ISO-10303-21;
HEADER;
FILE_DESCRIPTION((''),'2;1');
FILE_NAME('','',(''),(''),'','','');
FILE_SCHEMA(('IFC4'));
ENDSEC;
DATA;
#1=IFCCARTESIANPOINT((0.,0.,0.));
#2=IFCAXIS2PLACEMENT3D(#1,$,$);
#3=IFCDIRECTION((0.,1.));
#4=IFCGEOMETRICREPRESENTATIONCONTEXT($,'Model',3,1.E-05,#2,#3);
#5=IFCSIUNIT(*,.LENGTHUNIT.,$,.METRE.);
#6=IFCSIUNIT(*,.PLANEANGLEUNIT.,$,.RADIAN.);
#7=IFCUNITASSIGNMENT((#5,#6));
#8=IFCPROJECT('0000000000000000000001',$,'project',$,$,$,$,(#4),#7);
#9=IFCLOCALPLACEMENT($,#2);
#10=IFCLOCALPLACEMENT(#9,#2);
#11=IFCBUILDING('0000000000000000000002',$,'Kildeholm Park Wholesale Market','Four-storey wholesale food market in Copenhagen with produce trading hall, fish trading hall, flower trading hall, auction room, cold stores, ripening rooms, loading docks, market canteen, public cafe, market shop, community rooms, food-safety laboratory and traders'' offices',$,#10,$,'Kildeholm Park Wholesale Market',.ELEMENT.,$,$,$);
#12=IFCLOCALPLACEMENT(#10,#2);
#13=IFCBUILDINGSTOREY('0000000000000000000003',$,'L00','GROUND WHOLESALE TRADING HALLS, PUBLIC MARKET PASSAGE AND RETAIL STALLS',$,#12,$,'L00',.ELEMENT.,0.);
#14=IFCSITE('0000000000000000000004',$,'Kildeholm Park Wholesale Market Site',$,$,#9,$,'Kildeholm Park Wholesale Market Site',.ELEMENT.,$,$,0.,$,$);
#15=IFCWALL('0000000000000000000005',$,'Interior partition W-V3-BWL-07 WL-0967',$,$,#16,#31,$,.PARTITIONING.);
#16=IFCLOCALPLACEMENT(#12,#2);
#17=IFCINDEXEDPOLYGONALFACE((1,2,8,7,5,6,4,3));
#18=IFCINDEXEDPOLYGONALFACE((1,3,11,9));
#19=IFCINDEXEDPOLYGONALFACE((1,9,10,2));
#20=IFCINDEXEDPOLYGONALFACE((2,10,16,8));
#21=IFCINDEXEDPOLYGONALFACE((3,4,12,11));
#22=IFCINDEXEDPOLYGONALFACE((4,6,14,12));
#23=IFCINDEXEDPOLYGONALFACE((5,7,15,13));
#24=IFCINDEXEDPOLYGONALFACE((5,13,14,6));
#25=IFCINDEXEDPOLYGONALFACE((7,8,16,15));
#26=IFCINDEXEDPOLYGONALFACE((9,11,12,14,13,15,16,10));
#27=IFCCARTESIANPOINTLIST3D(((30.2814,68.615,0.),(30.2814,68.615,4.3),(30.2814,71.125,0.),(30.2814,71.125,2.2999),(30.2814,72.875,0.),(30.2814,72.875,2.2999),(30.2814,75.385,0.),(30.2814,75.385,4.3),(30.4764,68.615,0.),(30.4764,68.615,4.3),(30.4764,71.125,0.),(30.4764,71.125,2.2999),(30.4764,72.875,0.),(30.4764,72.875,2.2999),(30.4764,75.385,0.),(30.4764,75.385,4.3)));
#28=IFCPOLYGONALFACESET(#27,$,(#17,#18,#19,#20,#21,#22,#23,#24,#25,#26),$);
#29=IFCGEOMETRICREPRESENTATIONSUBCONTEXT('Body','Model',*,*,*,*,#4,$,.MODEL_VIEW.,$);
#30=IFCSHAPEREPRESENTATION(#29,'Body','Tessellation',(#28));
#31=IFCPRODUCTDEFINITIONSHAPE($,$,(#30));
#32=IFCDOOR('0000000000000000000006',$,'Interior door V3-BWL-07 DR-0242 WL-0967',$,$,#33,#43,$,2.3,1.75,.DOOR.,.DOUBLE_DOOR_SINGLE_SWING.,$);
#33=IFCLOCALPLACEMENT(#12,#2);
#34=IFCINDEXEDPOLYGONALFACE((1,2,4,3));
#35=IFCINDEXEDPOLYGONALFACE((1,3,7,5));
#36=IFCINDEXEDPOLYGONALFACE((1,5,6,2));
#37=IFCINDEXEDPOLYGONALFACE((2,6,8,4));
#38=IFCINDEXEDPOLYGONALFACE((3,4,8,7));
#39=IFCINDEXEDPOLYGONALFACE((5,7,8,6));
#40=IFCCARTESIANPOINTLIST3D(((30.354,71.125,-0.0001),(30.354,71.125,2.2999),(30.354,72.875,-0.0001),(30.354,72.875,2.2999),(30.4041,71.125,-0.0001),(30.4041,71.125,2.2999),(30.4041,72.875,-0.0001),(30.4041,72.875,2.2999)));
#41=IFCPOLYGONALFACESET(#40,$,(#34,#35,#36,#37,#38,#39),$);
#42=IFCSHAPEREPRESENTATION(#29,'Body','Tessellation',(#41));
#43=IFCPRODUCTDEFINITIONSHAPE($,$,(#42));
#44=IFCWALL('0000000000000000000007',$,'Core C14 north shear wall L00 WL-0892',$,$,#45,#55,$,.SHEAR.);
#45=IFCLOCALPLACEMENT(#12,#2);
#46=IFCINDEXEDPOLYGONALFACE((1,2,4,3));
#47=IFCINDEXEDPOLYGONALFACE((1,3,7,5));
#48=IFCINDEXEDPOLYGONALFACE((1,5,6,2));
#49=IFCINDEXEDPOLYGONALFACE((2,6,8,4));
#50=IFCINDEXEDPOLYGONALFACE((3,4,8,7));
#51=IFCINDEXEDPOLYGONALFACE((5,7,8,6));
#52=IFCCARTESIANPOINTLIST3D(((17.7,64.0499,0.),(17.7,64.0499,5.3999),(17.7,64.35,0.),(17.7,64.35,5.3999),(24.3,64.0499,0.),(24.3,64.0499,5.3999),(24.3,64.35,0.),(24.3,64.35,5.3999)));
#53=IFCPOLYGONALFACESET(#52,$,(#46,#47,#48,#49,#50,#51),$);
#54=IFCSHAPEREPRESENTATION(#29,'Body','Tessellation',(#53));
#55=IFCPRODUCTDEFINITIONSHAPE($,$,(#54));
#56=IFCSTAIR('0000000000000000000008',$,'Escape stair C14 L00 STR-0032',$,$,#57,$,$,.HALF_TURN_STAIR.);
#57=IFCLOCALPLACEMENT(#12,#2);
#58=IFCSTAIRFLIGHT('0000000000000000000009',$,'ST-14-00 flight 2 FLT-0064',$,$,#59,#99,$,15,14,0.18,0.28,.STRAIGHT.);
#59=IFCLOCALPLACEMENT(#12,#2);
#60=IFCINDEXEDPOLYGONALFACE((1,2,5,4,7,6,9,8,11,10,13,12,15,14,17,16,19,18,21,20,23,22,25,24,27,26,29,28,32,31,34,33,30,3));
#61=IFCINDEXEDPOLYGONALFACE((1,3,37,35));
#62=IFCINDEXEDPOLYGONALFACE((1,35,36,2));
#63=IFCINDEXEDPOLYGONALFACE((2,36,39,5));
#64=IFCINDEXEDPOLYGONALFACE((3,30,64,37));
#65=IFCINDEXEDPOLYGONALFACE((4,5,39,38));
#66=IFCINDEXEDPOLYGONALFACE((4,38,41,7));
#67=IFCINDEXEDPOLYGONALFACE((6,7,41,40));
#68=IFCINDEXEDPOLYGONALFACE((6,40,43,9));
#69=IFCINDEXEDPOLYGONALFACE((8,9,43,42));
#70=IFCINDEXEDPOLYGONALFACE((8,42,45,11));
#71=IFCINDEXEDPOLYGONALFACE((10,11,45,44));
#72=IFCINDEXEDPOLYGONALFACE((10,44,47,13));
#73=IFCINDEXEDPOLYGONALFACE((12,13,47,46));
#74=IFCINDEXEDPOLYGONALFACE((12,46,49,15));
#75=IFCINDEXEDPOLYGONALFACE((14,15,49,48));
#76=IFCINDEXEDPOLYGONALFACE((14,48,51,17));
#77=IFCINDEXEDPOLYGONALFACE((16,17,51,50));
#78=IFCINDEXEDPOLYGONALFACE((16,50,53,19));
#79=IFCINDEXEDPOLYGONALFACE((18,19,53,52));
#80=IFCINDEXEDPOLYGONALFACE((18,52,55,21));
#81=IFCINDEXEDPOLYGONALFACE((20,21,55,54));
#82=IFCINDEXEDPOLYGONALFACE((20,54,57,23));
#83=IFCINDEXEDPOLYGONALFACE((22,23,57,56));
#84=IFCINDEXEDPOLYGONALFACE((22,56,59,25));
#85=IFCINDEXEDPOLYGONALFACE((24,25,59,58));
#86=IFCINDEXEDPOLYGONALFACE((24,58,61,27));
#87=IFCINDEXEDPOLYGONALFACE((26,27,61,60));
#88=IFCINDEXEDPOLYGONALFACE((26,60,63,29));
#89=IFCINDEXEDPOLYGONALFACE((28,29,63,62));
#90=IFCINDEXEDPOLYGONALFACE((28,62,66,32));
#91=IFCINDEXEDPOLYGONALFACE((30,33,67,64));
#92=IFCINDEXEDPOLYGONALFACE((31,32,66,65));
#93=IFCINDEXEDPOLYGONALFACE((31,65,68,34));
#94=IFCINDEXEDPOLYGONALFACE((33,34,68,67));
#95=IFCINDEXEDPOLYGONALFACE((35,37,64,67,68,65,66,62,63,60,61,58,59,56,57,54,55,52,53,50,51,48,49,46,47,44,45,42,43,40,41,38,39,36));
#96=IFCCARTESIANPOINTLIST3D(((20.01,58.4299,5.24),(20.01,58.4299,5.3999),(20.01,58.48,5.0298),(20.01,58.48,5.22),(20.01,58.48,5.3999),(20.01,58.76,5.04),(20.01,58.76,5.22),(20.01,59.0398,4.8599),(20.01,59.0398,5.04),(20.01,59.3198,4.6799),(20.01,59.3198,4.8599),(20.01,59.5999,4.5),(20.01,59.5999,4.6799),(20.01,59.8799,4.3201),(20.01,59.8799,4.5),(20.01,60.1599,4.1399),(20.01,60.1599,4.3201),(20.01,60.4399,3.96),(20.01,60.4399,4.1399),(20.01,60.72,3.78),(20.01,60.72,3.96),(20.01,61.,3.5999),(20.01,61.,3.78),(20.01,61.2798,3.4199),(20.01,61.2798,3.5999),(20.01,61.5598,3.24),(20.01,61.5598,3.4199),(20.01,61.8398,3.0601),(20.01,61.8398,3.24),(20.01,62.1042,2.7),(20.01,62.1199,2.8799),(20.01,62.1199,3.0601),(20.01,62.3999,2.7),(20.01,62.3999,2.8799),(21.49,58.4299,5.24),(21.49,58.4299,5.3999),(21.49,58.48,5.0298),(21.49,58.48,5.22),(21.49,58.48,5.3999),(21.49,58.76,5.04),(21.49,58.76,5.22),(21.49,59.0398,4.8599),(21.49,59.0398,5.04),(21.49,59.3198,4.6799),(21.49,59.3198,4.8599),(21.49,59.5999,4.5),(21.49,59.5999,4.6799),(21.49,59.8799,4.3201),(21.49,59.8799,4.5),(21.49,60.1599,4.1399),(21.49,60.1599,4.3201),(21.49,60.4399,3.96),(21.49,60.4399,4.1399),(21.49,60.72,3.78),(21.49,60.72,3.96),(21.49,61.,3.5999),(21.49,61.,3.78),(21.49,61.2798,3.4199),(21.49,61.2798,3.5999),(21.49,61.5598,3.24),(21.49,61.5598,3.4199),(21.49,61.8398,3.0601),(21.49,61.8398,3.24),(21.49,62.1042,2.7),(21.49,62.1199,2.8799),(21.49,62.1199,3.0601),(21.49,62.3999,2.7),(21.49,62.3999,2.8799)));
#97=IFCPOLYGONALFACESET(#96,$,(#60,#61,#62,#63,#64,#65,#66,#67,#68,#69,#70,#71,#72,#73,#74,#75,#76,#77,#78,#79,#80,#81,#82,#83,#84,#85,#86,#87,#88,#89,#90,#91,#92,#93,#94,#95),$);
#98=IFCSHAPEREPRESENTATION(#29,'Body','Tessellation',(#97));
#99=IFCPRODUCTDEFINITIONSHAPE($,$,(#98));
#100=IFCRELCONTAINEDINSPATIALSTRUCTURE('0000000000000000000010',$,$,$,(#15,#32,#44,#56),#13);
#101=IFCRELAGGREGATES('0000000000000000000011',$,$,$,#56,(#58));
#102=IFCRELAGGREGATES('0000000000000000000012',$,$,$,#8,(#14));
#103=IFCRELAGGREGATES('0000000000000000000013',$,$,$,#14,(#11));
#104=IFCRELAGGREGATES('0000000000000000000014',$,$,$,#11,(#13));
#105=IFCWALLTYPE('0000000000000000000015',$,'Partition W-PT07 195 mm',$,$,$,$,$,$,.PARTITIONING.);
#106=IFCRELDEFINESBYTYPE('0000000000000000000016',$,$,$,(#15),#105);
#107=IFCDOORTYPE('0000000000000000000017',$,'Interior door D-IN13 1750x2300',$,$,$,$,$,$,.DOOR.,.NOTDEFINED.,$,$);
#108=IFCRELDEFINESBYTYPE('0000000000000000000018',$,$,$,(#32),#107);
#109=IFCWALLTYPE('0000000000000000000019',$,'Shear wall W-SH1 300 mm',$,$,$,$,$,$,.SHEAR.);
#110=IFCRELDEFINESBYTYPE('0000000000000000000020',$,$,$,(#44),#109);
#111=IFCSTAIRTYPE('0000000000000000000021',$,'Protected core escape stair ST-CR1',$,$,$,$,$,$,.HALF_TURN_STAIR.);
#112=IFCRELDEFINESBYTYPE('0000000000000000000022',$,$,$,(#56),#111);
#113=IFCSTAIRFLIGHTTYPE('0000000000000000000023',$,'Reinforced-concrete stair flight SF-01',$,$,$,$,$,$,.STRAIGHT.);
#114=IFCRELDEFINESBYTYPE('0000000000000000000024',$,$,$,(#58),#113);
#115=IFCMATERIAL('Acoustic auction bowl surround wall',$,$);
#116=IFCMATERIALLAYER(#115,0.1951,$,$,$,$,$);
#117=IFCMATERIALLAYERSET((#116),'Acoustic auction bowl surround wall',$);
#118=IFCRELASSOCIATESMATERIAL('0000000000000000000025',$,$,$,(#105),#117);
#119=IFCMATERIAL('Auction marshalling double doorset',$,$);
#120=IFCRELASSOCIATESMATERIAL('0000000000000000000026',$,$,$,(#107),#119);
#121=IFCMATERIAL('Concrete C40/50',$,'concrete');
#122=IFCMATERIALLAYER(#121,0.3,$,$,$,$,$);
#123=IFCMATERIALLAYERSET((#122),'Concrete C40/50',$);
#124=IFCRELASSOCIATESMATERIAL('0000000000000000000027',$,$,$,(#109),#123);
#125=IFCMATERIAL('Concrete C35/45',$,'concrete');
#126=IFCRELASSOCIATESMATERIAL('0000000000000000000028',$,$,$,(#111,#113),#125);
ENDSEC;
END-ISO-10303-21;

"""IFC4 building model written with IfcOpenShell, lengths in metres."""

from ifc_helpers import new_model, si_unit, direction, frame, frame_2d, origin, place, context, subcontext, project, spatial, polyline, rectangle, outline, extrude, material, layer, layer_set, type_object, element, fill, aggregate, save


model = new_model("IFC4")

# Units and contexts
model_context = context("Model", 3, precision=1e-05, world=origin(), true_north=direction((0.0, 1.0)))
body_context = subcontext(model_context, "Body", "Model", "MODEL_VIEW")
ifc_project = project(units=[si_unit("LENGTHUNIT", "METRE"), si_unit("PLANEANGLEUNIT", "RADIAN")], contexts=[model_context])

# Site, building, storey
site_placement = place(None, origin())
site = spatial("IfcSite", under=ifc_project, at=site_placement, Name="Kildeholm Park Wholesale Market Site", LongName="Kildeholm Park Wholesale Market Site", CompositionType="ELEMENT", RefElevation=0.0)
building_placement = place(site_placement, origin())
building = spatial("IfcBuilding", under=site, at=building_placement, Name="Kildeholm Park Wholesale Market", Description="Four-storey wholesale food market in Copenhagen with produce trading hall, fish trading hall, flower trading hall, auction room, cold stores, ripening rooms, loading docks, market canteen, public cafe, market shop, community rooms, food-safety laboratory and traders' offices", LongName="Kildeholm Park Wholesale Market", CompositionType="ELEMENT")
storey_placement = place(building_placement, origin())
storey = spatial("IfcBuildingStorey", under=building, at=storey_placement, Name="L00", Description="GROUND WHOLESALE TRADING HALLS, PUBLIC MARKET PASSAGE AND RETAIL STALLS", LongName="L00", CompositionType="ELEMENT", Elevation=0.0)

# Shared definitions
ifc_material_1 = material(Name="Concrete C35/45", Category="concrete")

# Wall, opening, door
ifc_material_2 = material(Name="Acoustic auction bowl surround wall")
ifc_layer_1 = layer(ifc_material_2, 0.1951)
ifc_layer_set_1 = layer_set([ifc_layer_1], Name="Acoustic auction bowl surround wall")
wall_type_1 = type_object("IfcWallType", Name="Partition W-PT07 195 mm", PredefinedType="PARTITIONING", material=ifc_layer_set_1)
wall_1_placement = place(storey_placement, frame((30.3789, 68.615, 0.0), z_axis=(0.0, 0.0, 1.0), x_axis=(0.0, 1.0, 0.0)))
wall_1 = element("IfcWall", 1, at=wall_1_placement, inside=storey, type_object=wall_type_1, Name="Interior partition W-V3-BWL-07 WL-0967", PredefinedType="PARTITIONING", context=body_context, shape_type="SweptSolid", body=[
    extrude(rectangle(XDim=6.77, YDim=0.1951, at=frame_2d((3.385, 0.0))), origin(), (0.0, 0.0, 1.0), 4.3),
])
opening_1_placement = place(wall_1_placement, frame((2.51, 0.0, 0.0)))
opening_1 = element("IfcOpeningElement", 2, at=opening_1_placement, cuts=wall_1, PredefinedType="OPENING", context=body_context, shape_type="SweptSolid", body=[
    extrude(rectangle(XDim=1.75, YDim=2.3, at=frame_2d((0.875, 1.1499))), frame((0.0, 0.1074, 0.0), z_axis=(0.0, -1.0, 0.0), x_axis=(1.0, 0.0, 0.0)), (0.0, 0.0, 1.0), 0.2151),
])
ifc_material_3 = material(Name="Auction marshalling double doorset")
door_type_1 = type_object("IfcDoorType", Name="Interior door D-IN13 1750x2300", OperationType="NOTDEFINED", PredefinedType="DOOR", material=ifc_material_3)
door_1_placement = place(opening_1_placement, origin())
door_1 = element("IfcDoor", 3, at=door_1_placement, inside=storey, type_object=door_type_1, Name="Interior door V3-BWL-07 DR-0242 WL-0967", OperationType="DOUBLE_DOOR_SINGLE_SWING", OverallHeight=2.3, OverallWidth=1.75, PredefinedType="DOOR", context=body_context, shape_type="SweptSolid", body=[
    extrude(rectangle(XDim=1.75, YDim=2.3, at=frame_2d((0.875, 1.1499))), frame((0.0, 0.0249, 0.0), z_axis=(0.0, -1.0, 0.0), x_axis=(1.0, 0.0, 0.0)), (0.0, 0.0, 1.0), 0.05),
])
fill(opening_1, door_1)

# Wall
ifc_material_4 = material(Name="Concrete C40/50", Category="concrete")
ifc_layer_2 = layer(ifc_material_4, 0.3)
ifc_layer_set_2 = layer_set([ifc_layer_2], Name="Concrete C40/50")
wall_type_2 = type_object("IfcWallType", Name="Shear wall W-SH1 300 mm", PredefinedType="SHEAR", material=ifc_layer_set_2)
wall_2_placement = place(storey_placement, frame((17.7, 64.2, 0.0), z_axis=(0.0, 0.0, 1.0), x_axis=(1.0, 0.0, 0.0)))
element("IfcWall", 4, at=wall_2_placement, inside=storey, type_object=wall_type_2, Name="Core C14 north shear wall L00 WL-0892", PredefinedType="SHEAR", context=body_context, shape_type="SweptSolid", body=[
    extrude(rectangle(XDim=6.6001, YDim=0.3, at=frame_2d((3.3, 0.0))), origin(), (0.0, 0.0, 1.0), 5.3999),
])

# Stair, stair flight
stair_type = type_object("IfcStairType", Name="Protected core escape stair ST-CR1", PredefinedType="HALF_TURN_STAIR", material=ifc_material_1)
stair_placement = place(storey_placement, origin())
stair = element("IfcStair", 5, at=stair_placement, inside=storey, type_object=stair_type, Name="Escape stair C14 L00 STR-0032", PredefinedType="HALF_TURN_STAIR")
stair_flight_type = type_object("IfcStairFlightType", Name="Reinforced-concrete stair flight SF-01", PredefinedType="STRAIGHT", material=ifc_material_1)
stair_flight_placement = place(storey_placement, frame((20.75, 62.3999, 2.7), z_axis=(0.0, 0.0, 1.0), x_axis=(0.0, -1.0, 0.0)))
stair_flight = element("IfcStairFlight", 6, at=stair_flight_placement, type_object=stair_flight_type, Name="ST-14-00 flight 2 FLT-0064", NumberOfRisers=15, NumberOfTreads=14, PredefinedType="STRAIGHT", RiserHeight=0.18, TreadLength=0.28, context=body_context, shape_type="SweptSolid", body=[
    extrude(outline(polyline([(0.0, 0.0), (0.0, 0.1799), (0.28, 0.1799), (0.28, 0.3601), (0.5601, 0.3601), (0.5601, 0.54), (0.8401, 0.54), (0.8401, 0.72), (1.1201, 0.72), (1.1201, 0.8999), (1.3999, 0.8999), (1.3999, 1.0801), (1.6799, 1.0801), (1.6799, 1.26), (1.96, 1.26), (1.96, 1.4399), (2.24, 1.4399), (2.24, 1.6201), (2.52, 1.6201), (2.52, 1.8), (2.8, 1.8), (2.8, 1.98), (3.0801, 1.98), (3.0801, 2.1599), (3.3601, 2.1599), (3.3601, 2.3401), (3.6399, 2.3401), (3.6399, 2.52), (3.9199, 2.52), (3.9199, 2.7), (3.97, 2.7), (3.97, 2.54), (3.9199, 2.3298), (0.2957, 0.0), (0.0, 0.0)])), frame((0.0, 0.74, 0.0), z_axis=(0.0, -1.0, 0.0), x_axis=(1.0, 0.0, 0.0)), (0.0, 0.0, 1.0), 1.48),
])
aggregate(stair, [stair_flight])

save(model, "model.ifc")
